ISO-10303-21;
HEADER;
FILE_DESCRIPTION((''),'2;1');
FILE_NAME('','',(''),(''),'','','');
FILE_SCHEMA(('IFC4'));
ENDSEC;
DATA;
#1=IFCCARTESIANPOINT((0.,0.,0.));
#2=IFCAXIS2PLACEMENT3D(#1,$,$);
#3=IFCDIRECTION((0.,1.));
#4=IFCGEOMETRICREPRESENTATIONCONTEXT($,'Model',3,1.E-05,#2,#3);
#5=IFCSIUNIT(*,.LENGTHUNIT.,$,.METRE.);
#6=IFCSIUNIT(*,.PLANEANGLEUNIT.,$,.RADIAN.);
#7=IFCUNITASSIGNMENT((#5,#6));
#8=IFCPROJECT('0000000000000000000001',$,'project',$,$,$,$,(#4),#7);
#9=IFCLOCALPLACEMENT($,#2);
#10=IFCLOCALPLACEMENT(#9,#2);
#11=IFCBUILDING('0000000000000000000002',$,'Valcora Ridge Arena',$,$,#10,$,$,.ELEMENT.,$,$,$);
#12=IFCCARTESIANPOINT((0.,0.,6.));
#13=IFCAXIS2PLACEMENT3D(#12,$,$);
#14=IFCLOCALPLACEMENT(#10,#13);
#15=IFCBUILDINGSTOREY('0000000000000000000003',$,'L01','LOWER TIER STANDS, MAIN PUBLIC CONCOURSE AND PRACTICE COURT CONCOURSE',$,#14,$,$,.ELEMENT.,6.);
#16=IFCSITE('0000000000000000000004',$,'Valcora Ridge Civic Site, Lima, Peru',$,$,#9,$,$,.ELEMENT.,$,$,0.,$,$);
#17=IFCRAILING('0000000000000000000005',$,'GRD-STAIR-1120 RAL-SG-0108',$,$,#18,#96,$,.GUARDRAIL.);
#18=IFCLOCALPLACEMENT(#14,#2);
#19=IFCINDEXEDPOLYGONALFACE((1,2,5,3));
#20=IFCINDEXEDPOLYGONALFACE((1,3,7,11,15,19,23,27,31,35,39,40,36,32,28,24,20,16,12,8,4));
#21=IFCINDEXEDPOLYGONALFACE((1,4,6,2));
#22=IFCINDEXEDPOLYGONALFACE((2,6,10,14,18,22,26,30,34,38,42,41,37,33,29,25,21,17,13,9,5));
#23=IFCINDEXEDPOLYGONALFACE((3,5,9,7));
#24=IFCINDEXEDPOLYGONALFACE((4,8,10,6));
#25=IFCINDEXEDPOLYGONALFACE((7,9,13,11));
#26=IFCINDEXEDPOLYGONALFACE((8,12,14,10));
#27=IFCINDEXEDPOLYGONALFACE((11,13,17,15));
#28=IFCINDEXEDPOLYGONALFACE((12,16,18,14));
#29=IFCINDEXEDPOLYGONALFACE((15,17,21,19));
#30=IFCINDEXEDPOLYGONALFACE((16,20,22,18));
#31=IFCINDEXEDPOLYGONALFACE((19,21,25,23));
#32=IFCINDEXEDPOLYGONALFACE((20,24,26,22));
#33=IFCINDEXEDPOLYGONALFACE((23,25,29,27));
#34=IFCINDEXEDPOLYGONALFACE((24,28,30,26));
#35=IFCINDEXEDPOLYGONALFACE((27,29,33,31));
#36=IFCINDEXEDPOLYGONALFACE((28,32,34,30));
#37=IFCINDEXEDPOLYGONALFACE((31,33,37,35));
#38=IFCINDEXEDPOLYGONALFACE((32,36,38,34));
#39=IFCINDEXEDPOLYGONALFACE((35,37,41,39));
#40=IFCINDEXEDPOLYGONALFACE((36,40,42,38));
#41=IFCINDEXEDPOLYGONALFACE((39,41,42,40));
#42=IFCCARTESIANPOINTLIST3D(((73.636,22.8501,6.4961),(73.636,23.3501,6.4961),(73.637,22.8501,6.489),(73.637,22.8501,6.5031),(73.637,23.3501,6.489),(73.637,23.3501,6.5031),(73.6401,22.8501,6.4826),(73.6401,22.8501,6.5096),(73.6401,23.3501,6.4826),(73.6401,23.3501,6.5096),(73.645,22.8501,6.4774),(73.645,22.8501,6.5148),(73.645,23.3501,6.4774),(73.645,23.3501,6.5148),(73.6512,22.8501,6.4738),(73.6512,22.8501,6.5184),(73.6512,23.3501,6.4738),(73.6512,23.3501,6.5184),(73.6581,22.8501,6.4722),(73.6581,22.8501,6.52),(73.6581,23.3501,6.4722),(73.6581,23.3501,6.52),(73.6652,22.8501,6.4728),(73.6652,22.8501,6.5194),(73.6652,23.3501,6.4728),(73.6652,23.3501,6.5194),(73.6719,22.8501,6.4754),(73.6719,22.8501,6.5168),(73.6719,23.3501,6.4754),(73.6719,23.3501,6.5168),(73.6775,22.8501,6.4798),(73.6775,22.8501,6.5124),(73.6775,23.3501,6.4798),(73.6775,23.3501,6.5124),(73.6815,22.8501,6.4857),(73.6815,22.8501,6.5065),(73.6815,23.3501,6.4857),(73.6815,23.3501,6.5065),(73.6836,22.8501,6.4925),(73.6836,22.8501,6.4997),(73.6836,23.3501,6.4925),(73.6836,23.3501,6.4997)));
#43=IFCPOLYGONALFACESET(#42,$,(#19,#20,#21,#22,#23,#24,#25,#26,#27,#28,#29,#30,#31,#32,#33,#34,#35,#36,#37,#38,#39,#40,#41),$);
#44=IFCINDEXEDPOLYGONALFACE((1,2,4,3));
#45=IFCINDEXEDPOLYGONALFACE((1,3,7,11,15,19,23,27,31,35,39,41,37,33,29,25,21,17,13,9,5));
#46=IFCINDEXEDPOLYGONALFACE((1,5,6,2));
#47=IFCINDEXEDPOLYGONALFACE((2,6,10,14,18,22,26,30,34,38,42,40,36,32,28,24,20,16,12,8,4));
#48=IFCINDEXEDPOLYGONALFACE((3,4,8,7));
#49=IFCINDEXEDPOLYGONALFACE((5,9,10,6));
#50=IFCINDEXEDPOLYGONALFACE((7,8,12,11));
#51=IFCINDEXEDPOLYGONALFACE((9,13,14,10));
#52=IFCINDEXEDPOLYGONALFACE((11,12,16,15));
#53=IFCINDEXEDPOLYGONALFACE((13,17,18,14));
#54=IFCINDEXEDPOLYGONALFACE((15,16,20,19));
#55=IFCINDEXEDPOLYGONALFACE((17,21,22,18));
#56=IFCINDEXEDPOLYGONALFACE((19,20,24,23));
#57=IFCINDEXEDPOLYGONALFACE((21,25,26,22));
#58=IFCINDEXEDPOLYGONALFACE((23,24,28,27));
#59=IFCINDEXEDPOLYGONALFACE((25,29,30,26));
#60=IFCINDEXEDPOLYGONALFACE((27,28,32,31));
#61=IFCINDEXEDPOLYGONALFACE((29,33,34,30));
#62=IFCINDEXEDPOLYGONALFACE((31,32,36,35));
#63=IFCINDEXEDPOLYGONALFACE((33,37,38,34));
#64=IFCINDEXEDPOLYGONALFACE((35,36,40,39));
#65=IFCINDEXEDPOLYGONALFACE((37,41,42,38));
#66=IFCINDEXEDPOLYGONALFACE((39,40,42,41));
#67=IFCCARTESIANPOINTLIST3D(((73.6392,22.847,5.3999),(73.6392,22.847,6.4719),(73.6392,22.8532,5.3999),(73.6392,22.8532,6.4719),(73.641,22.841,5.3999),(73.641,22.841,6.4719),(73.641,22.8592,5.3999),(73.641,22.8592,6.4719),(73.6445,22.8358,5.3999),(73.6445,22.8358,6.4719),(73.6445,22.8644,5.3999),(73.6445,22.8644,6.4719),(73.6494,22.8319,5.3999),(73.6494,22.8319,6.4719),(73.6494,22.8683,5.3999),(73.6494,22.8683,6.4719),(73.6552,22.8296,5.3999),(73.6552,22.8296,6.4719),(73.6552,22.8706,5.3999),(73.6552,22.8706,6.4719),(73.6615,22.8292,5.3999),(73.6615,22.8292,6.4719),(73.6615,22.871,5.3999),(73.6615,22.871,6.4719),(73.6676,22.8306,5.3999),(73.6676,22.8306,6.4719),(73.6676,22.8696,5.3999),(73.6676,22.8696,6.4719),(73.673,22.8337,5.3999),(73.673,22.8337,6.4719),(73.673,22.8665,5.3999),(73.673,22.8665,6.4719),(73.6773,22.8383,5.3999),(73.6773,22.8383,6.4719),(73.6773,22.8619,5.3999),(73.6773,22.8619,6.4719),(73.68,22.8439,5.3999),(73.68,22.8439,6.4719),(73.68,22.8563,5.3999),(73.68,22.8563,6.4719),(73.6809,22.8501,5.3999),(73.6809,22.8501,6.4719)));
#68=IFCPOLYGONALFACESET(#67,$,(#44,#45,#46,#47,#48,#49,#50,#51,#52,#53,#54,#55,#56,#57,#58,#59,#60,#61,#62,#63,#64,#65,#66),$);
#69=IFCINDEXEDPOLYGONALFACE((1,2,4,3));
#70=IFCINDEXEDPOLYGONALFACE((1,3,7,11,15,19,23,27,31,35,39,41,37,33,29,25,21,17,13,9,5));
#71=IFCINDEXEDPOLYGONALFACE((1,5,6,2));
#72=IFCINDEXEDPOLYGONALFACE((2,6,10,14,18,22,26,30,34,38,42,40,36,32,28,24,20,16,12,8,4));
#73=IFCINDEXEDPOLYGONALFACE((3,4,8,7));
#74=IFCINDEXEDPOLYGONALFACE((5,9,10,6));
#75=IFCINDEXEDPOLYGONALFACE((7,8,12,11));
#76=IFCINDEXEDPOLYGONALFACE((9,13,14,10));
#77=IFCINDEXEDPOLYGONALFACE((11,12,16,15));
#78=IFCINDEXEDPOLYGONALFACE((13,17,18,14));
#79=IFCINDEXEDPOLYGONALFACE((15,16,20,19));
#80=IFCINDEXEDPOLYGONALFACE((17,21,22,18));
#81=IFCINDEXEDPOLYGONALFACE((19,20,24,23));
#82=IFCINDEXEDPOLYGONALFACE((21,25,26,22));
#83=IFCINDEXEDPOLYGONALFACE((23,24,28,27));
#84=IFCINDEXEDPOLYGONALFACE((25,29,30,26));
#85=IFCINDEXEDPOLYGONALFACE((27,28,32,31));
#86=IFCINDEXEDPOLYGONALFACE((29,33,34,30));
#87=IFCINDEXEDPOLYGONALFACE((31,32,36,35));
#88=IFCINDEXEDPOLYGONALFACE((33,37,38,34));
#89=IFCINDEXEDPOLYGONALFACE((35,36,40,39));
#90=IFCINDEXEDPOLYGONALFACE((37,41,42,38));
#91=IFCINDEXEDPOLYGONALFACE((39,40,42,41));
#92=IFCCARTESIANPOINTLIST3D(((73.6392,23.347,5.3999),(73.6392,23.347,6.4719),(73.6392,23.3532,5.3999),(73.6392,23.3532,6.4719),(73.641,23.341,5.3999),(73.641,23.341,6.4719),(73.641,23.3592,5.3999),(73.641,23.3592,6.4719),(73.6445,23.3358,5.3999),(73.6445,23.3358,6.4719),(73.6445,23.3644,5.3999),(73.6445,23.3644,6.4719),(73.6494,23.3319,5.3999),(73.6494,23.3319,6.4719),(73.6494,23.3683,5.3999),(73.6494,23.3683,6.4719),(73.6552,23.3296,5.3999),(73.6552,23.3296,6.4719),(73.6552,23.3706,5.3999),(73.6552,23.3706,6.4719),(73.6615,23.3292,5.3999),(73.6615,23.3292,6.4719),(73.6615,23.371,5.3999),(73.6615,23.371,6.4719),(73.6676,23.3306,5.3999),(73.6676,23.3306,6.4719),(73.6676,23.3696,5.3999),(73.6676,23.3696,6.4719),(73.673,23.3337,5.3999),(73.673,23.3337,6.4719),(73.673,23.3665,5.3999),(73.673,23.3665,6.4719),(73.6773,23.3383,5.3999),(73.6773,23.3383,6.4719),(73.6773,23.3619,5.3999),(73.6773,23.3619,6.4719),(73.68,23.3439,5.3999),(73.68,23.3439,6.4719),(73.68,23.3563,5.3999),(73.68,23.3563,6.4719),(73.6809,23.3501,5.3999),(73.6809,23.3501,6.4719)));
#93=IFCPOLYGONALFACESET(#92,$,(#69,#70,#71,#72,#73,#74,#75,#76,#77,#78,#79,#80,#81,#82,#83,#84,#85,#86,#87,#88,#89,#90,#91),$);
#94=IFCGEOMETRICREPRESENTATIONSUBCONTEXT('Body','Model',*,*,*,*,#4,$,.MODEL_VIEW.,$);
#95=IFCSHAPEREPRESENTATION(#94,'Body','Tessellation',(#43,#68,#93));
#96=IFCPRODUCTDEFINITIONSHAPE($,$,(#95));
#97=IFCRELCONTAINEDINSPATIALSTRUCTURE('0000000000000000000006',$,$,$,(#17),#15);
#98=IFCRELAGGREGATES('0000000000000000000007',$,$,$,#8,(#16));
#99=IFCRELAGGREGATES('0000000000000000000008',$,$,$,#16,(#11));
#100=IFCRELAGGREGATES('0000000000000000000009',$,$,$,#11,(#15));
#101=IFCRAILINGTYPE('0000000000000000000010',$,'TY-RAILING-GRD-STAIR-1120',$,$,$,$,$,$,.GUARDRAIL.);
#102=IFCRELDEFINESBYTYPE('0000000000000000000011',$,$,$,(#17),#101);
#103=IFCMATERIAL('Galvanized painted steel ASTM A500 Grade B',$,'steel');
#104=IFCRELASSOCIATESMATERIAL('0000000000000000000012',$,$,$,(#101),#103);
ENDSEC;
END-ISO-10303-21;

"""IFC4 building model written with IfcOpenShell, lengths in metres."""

from ifc_helpers import new_model, si_unit, direction, frame, origin, origin_2d, place, context, subcontext, project, spatial, circle, extrude, material, type_object, element, save


model = new_model("IFC4")

# Units and contexts
model_context = context("Model", 3, precision=1e-05, world=origin(), true_north=direction((0.0, 1.0)))
body_context = subcontext(model_context, "Body", "Model", "MODEL_VIEW")
ifc_project = project(units=[si_unit("LENGTHUNIT", "METRE"), si_unit("PLANEANGLEUNIT", "RADIAN")], contexts=[model_context])

# Site, building, storey
site_placement = place(None, origin())
site = spatial("IfcSite", under=ifc_project, at=site_placement, Name="Valcora Ridge Civic Site, Lima, Peru", CompositionType="ELEMENT", RefElevation=0.0)
building_placement = place(site_placement, origin())
building = spatial("IfcBuilding", under=site, at=building_placement, Name="Valcora Ridge Arena", CompositionType="ELEMENT")
storey_placement = place(building_placement, frame((0.0, 0.0, 6.0)))
storey = spatial("IfcBuildingStorey", under=building, at=storey_placement, Name="L01", Description="LOWER TIER STANDS, MAIN PUBLIC CONCOURSE AND PRACTICE COURT CONCOURSE", CompositionType="ELEMENT", Elevation=6.0)

# Railing
ifc_material_1 = material(Name="Galvanized painted steel ASTM A500 Grade B", Category="steel")
railing_type_1 = type_object("IfcRailingType", Name="TY-RAILING-GRD-STAIR-1120", PredefinedType="GUARDRAIL", material=ifc_material_1)
railing_1_placement = place(storey_placement, frame((73.6599, 22.8501, 5.3999)))
element("IfcRailing", 1, at=railing_1_placement, inside=storey, type_object=railing_type_1, Name="GRD-STAIR-1120 RAL-SG-0108", PredefinedType="GUARDRAIL", context=body_context, shape_type="SweptSolid", body=[
    extrude(circle(Radius=0.0239, at=origin_2d()), frame((0.0, 0.0, 1.0962), z_axis=(0.0, 1.0, 0.0), x_axis=(-1.0, 0.0, 0.0)), (0.0, 0.0, 1.0), 0.5),
    extrude(circle(Radius=0.021, at=origin_2d()), origin(), (0.0, 0.0, 1.0), 1.072),
    extrude(circle(Radius=0.021, at=origin_2d()), frame((0.0, 0.5, 0.0)), (0.0, 0.0, 1.0), 1.072),
])

save(model, "model.ifc")
